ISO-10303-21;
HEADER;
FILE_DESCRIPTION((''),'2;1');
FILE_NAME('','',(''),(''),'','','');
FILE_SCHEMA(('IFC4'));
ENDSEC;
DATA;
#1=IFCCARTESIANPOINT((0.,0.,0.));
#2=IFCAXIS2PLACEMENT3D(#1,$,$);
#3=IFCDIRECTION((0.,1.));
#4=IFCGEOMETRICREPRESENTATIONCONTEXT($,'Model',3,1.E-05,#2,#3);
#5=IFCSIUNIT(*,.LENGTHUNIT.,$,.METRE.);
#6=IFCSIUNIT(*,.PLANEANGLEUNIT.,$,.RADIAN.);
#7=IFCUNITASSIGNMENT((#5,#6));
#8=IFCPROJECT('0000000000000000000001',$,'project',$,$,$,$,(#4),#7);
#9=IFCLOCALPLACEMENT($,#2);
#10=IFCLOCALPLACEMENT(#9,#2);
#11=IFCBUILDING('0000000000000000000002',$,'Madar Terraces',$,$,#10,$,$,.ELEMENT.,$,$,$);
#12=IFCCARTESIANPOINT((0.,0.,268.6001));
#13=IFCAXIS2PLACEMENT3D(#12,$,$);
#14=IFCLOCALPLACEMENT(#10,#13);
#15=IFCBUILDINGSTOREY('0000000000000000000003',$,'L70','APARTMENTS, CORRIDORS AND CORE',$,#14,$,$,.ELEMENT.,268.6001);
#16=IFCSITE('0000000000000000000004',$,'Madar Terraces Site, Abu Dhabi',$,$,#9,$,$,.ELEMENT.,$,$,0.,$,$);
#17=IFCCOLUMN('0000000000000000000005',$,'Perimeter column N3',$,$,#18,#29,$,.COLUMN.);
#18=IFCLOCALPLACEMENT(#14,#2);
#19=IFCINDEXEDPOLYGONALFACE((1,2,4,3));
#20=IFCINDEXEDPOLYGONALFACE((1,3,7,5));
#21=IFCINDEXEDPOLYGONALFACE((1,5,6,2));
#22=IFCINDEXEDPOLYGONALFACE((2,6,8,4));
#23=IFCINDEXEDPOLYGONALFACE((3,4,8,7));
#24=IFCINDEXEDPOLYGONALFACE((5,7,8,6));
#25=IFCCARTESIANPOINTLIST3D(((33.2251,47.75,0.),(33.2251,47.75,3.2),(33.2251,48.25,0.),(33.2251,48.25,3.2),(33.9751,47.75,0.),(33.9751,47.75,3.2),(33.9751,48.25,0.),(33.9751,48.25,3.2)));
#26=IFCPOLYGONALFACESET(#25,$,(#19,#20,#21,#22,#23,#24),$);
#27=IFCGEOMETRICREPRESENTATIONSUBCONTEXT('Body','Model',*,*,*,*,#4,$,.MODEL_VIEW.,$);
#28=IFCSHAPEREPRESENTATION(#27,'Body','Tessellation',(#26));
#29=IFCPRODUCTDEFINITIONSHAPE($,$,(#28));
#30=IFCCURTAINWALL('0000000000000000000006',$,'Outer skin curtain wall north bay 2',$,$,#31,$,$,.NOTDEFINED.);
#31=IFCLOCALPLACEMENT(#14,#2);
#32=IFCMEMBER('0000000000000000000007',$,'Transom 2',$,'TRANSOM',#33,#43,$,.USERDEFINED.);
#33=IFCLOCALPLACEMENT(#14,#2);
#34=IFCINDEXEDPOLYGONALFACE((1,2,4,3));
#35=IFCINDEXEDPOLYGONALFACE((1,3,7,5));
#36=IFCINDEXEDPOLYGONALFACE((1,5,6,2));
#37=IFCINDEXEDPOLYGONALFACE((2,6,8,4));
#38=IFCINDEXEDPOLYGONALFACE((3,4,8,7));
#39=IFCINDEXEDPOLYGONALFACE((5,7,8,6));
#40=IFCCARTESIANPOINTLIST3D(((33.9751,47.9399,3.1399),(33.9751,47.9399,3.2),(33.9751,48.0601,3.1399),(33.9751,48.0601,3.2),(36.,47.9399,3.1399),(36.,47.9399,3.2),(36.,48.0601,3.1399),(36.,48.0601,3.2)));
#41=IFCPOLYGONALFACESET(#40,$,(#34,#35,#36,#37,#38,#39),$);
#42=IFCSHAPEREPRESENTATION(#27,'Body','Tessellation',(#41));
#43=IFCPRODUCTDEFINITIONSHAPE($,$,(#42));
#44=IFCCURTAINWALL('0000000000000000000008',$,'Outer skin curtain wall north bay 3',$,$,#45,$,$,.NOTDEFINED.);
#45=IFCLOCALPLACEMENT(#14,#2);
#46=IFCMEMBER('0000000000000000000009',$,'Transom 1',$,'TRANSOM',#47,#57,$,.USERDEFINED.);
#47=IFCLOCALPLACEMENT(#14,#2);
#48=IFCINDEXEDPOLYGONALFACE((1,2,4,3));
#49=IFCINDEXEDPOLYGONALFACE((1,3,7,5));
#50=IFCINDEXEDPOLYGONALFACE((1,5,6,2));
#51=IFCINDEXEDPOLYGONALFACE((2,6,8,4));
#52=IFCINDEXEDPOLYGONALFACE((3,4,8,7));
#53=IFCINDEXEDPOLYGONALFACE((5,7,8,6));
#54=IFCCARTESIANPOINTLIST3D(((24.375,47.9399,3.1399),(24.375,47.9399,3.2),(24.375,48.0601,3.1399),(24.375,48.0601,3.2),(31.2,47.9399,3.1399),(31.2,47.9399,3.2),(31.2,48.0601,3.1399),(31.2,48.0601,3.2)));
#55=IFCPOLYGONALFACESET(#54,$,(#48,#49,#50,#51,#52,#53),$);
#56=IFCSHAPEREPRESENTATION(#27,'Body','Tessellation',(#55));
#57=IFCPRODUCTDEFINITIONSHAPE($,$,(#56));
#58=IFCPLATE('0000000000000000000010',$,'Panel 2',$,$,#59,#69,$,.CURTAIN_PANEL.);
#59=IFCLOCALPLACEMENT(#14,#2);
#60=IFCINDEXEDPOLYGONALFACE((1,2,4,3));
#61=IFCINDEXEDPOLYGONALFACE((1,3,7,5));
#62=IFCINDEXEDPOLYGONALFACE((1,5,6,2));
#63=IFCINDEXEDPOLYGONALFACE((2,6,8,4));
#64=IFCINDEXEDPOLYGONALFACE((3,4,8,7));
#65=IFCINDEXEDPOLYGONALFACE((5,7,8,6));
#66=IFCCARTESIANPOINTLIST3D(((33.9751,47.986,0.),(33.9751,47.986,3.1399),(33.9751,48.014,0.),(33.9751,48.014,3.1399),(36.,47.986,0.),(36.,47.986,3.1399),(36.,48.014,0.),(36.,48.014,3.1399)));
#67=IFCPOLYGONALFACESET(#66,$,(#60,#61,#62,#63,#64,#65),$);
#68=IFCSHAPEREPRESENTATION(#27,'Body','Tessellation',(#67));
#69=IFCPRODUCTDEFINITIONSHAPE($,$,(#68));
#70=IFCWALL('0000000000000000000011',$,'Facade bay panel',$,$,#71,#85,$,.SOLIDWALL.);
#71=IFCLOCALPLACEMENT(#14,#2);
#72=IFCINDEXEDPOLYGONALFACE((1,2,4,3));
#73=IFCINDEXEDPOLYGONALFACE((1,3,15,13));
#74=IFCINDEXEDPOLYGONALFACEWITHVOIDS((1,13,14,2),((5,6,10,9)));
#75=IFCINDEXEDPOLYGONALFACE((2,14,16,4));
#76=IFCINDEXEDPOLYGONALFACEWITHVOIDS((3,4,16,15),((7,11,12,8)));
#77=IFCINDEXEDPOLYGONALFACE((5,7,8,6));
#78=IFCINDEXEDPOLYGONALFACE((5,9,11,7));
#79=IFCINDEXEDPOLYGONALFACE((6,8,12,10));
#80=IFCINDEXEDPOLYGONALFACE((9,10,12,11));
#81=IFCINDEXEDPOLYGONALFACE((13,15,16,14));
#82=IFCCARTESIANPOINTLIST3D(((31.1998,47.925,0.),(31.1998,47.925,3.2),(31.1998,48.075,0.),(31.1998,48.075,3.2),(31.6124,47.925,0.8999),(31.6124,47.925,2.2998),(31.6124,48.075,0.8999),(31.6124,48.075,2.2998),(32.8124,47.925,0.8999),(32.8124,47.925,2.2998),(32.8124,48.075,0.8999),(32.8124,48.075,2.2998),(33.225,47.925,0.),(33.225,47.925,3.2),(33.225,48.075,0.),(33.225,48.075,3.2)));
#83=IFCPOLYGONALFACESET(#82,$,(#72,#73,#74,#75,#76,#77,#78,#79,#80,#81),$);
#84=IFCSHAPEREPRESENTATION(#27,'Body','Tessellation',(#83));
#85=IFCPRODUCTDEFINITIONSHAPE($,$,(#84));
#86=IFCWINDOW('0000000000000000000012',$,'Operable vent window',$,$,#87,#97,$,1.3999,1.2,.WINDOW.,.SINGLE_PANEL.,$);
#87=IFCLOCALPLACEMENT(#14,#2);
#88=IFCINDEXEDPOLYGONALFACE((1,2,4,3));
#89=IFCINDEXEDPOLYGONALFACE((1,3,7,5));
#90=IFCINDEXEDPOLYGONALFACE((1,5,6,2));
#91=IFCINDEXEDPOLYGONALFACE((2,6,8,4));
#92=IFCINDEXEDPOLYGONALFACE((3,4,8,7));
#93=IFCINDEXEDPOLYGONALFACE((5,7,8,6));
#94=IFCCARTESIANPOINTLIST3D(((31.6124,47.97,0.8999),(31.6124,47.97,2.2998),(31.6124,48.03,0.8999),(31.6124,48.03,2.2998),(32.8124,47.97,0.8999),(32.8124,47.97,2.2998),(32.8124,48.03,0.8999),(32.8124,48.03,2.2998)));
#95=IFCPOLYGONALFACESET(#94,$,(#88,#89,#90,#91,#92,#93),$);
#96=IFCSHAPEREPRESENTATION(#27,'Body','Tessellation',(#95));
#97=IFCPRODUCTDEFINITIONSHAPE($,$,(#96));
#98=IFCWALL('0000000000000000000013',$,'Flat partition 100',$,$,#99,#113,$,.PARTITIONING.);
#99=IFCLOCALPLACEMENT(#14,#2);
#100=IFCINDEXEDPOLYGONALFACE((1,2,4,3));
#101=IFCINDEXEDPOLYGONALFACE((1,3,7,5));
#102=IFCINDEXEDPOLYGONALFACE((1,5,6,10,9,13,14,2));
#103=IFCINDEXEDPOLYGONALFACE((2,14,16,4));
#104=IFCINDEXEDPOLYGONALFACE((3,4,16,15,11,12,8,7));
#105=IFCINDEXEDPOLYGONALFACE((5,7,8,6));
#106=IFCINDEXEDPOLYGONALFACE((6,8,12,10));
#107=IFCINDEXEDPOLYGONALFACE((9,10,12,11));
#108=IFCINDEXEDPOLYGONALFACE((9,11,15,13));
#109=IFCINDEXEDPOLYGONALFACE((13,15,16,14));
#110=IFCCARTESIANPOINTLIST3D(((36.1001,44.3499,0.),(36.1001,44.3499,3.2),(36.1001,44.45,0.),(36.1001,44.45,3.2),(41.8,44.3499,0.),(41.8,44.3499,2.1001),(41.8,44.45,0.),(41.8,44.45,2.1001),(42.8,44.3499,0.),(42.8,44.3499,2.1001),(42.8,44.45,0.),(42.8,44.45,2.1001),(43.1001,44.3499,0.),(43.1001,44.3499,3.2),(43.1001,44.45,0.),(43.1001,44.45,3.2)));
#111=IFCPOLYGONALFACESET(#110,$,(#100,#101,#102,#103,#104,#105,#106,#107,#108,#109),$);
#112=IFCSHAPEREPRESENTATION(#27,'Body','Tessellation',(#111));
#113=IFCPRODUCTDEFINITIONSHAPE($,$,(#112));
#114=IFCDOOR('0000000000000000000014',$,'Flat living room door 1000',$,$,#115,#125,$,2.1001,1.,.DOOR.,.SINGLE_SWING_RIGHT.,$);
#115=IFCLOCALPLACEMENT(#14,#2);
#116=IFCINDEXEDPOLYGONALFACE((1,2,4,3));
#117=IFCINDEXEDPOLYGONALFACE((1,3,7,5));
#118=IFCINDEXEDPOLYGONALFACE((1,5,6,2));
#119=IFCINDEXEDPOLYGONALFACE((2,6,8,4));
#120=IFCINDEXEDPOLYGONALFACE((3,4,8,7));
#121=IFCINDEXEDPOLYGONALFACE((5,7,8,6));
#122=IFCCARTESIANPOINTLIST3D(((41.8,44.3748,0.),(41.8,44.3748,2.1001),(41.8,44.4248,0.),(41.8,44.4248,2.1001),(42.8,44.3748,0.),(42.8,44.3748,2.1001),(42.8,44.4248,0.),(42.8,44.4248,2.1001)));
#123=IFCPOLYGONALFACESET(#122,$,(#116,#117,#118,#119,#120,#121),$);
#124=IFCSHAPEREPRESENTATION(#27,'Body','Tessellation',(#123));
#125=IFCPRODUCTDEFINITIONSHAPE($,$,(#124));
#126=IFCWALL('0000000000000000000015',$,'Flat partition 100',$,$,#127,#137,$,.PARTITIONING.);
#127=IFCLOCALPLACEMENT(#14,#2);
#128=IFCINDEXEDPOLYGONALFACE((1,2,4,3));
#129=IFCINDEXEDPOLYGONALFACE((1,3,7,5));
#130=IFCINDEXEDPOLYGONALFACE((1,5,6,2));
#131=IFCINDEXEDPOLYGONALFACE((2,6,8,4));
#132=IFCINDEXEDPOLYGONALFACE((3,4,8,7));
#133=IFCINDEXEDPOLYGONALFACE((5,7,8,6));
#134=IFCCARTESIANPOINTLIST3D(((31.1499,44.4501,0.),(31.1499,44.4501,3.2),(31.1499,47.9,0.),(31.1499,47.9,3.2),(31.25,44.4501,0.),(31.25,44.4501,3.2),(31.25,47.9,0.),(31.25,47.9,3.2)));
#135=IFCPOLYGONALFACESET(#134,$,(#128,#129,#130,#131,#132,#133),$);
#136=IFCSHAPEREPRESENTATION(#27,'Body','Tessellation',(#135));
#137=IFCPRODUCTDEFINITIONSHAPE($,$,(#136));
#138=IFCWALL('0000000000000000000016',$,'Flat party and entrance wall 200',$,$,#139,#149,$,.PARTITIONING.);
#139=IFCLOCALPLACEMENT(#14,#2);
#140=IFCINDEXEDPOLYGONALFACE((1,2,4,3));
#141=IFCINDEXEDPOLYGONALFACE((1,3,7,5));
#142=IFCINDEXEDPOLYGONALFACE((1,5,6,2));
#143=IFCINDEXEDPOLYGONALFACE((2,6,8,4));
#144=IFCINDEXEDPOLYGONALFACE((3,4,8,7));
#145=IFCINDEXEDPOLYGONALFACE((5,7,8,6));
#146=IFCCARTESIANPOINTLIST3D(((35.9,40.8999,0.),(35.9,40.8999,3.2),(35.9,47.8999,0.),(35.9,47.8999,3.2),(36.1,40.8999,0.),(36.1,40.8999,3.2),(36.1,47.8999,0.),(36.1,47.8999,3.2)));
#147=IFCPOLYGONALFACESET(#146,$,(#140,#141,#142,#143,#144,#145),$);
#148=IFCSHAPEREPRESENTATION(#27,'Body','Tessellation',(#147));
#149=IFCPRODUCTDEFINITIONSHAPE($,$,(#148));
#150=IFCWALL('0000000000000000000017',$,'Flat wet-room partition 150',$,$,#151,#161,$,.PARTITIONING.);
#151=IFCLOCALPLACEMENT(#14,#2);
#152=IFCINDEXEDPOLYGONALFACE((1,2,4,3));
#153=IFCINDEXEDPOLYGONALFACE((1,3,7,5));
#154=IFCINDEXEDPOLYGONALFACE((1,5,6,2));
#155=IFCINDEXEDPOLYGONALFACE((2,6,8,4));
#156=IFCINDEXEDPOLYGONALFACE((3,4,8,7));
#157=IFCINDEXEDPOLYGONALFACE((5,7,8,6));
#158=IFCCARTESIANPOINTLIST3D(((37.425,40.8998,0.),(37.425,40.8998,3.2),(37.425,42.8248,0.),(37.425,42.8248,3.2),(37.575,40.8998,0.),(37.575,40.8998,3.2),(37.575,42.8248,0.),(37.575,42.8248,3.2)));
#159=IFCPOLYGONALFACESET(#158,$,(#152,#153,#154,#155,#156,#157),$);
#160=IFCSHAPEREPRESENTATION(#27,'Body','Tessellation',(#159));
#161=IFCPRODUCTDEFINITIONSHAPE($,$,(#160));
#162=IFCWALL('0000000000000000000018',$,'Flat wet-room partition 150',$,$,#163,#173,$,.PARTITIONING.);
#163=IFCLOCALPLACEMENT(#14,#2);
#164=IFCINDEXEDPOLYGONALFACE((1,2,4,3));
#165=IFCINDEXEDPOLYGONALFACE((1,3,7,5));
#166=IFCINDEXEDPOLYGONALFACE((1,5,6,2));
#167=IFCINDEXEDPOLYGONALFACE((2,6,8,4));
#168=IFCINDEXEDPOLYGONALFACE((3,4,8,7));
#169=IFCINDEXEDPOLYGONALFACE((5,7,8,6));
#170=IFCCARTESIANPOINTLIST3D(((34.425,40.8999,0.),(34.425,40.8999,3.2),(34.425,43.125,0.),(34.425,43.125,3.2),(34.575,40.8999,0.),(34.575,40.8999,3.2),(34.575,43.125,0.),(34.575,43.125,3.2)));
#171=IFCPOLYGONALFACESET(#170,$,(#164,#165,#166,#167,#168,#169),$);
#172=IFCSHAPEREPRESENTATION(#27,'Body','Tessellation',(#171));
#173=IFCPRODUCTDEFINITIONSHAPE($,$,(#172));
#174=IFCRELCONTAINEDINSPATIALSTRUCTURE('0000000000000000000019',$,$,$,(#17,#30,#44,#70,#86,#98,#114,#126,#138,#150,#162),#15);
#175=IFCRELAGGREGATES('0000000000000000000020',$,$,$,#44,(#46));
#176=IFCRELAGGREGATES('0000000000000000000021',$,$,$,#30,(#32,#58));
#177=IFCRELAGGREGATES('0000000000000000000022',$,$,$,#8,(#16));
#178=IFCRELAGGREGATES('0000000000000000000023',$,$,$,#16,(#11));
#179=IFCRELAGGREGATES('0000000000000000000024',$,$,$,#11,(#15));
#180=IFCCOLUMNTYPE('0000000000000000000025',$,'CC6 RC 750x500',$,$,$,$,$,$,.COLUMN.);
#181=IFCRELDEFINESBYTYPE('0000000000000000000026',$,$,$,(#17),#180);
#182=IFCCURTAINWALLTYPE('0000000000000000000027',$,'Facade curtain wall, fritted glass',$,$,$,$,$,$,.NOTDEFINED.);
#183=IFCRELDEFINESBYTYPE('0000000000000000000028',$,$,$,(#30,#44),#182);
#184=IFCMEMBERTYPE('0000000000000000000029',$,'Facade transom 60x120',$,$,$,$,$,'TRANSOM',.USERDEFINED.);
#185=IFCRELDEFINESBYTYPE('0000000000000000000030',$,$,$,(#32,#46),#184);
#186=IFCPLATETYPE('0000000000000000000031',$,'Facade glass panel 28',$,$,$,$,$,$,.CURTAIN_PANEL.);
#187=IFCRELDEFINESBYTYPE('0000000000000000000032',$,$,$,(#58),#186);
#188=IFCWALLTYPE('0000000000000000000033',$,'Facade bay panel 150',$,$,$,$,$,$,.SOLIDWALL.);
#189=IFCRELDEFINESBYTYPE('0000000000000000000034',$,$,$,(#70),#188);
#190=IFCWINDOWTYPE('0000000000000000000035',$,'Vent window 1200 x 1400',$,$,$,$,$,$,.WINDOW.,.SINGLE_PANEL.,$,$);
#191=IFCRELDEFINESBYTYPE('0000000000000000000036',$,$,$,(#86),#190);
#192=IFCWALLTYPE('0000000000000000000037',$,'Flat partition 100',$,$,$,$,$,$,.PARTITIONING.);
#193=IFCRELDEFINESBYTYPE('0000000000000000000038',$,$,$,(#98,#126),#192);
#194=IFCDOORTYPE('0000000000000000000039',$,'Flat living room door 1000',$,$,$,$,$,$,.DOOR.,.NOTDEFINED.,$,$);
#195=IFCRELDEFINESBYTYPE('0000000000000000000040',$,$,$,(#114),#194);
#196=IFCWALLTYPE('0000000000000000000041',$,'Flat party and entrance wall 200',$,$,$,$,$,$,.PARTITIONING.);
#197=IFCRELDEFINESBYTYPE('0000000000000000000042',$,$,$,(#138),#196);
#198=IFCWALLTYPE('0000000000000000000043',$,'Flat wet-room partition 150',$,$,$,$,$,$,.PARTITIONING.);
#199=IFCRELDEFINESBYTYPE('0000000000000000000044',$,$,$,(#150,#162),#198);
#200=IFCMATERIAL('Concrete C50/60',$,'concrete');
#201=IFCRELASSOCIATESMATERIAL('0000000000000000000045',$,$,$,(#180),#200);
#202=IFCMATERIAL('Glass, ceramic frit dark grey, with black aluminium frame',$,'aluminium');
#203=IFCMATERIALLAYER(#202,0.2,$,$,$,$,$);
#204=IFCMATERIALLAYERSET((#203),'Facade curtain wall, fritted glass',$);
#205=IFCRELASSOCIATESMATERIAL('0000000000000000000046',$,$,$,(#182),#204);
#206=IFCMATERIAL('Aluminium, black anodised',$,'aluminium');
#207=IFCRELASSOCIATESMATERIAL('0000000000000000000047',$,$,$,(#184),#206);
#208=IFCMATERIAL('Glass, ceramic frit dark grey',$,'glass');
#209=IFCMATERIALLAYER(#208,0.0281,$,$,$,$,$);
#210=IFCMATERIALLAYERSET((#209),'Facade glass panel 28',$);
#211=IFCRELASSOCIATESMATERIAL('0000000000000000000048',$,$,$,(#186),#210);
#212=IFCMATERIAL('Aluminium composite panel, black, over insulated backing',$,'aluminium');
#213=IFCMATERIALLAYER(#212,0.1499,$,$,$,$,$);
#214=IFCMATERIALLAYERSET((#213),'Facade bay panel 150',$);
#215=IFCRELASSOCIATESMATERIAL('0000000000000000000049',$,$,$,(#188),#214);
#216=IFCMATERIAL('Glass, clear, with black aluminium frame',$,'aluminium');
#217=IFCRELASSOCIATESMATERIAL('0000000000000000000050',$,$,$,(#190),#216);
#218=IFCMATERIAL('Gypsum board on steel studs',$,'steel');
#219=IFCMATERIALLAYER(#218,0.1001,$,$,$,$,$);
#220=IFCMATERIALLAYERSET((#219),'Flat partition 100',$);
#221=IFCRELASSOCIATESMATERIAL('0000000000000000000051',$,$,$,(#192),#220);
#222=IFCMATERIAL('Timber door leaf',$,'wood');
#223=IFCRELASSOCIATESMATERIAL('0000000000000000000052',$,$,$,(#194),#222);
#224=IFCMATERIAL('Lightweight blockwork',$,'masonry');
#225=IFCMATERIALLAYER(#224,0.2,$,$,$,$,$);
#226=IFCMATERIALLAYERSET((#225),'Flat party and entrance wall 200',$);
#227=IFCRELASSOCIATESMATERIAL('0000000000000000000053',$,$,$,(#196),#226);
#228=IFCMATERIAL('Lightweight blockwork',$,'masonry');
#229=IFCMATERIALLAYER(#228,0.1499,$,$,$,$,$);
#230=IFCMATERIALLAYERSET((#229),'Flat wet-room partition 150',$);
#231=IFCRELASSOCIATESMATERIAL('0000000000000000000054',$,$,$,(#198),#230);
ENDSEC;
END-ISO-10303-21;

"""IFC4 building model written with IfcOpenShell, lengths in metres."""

from ifc_helpers import new_model, si_unit, direction, frame, frame_2d, origin, origin_2d, place, context, subcontext, project, spatial, rectangle, extrude, material, layer, layer_set, material_profile, profile_set, type_object, element, fill, aggregate, save


model = new_model("IFC4")

# Units and contexts
model_context = context("Model", 3, precision=1e-05, world=origin(), true_north=direction((0.0, 1.0)))
body_context = subcontext(model_context, "Body", "Model", "MODEL_VIEW")
ifc_project = project(units=[si_unit("LENGTHUNIT", "METRE"), si_unit("PLANEANGLEUNIT", "RADIAN")], contexts=[model_context])

# Site, building, storey
site_placement = place(None, origin())
site = spatial("IfcSite", under=ifc_project, at=site_placement, Name="Madar Terraces Site, Abu Dhabi", CompositionType="ELEMENT", RefElevation=0.0)
building_placement = place(site_placement, origin())
building = spatial("IfcBuilding", under=site, at=building_placement, Name="Madar Terraces", CompositionType="ELEMENT")
storey_placement = place(building_placement, frame((0.0, 0.0, 268.6001)))
storey = spatial("IfcBuildingStorey", under=building, at=storey_placement, Name="L70", Description="APARTMENTS, CORRIDORS AND CORE", CompositionType="ELEMENT", Elevation=268.6001)

# Column
ifc_material_1 = material(Name="Concrete C50/60", Category="concrete")
ifc_material_profile_1 = material_profile(ifc_material_1, rectangle(XDim=0.75, YDim=0.5, at=origin_2d()), Name="CC6 RC 750x500")
ifc_profile_set_1 = profile_set([ifc_material_profile_1], Name="Concrete C50/60")
column_type = type_object("IfcColumnType", Name="CC6 RC 750x500", PredefinedType="COLUMN", material=ifc_profile_set_1)
column_placement = place(storey_placement, frame((33.6001, 48.0, 0.0), z_axis=(0.0, 0.0, 1.0), x_axis=(1.0, 0.0, 0.0)))
element("IfcColumn", 1, at=column_placement, inside=storey, type_object=column_type, Name="Perimeter column N3", PredefinedType="COLUMN", context=body_context, shape_type="SweptSolid", body=[
    extrude(rectangle(XDim=0.75, YDim=0.5, at=origin_2d()), origin(), (0.0, 0.0, 1.0), 3.2),
])

# Curtain walls, members
ifc_material_2 = material(Name="Glass, ceramic frit dark grey, with black aluminium frame", Category="aluminium")
ifc_layer_1 = layer(ifc_material_2, 0.2)
ifc_layer_set_1 = layer_set([ifc_layer_1], Name="Facade curtain wall, fritted glass")
curtain_wall_type = type_object("IfcCurtainWallType", Name="Facade curtain wall, fritted glass", PredefinedType="NOTDEFINED", material=ifc_layer_set_1)
curtain_wall_1_placement = place(storey_placement, origin())
curtain_wall_1 = element("IfcCurtainWall", 2, at=curtain_wall_1_placement, inside=storey, type_object=curtain_wall_type, Name="Outer skin curtain wall north bay 2", PredefinedType="NOTDEFINED")
ifc_material_3 = material(Name="Aluminium, black anodised", Category="aluminium")
ifc_material_profile_2 = material_profile(ifc_material_3, rectangle(XDim=0.1201, YDim=0.0601, at=origin_2d()), Name="Facade transom 60x120")
ifc_profile_set_2 = profile_set([ifc_material_profile_2], Name="Aluminium, black anodised")
member_type = type_object("IfcMemberType", Name="Facade transom 60x120", ElementType="TRANSOM", PredefinedType="USERDEFINED", material=ifc_profile_set_2)
member_1_placement = place(storey_placement, frame((36.0, 48.0, 3.1699), z_axis=(-1.0, 0.0, 0.0), x_axis=(0.0, -1.0, 0.0)))
member_1 = element("IfcMember", 3, at=member_1_placement, type_object=member_type, Name="Transom 2", ObjectType="TRANSOM", PredefinedType="USERDEFINED", context=body_context, shape_type="SweptSolid", body=[
    extrude(rectangle(XDim=0.1201, YDim=0.0601, at=origin_2d()), origin(), (0.0, 0.0, 1.0), 2.0249),
])
curtain_wall_2_placement = place(storey_placement, origin())
curtain_wall_2 = element("IfcCurtainWall", 4, at=curtain_wall_2_placement, inside=storey, type_object=curtain_wall_type, Name="Outer skin curtain wall north bay 3", PredefinedType="NOTDEFINED")
member_2_placement = place(storey_placement, frame((31.2, 48.0, 3.1699), z_axis=(-1.0, 0.0, 0.0), x_axis=(0.0, -1.0, 0.0)))
member_2 = element("IfcMember", 5, at=member_2_placement, type_object=member_type, Name="Transom 1", ObjectType="TRANSOM", PredefinedType="USERDEFINED", context=body_context, shape_type="SweptSolid", body=[
    extrude(rectangle(XDim=0.1201, YDim=0.0601, at=origin_2d()), origin(), (0.0, 0.0, 1.0), 6.825),
])
aggregate(curtain_wall_2, [member_2])

# Plate
ifc_material_4 = material(Name="Glass, ceramic frit dark grey", Category="glass")
ifc_layer_2 = layer(ifc_material_4, 0.0281)
ifc_layer_set_2 = layer_set([ifc_layer_2], Name="Facade glass panel 28")
plate_type = type_object("IfcPlateType", Name="Facade glass panel 28", PredefinedType="CURTAIN_PANEL", material=ifc_layer_set_2)
plate_placement = place(storey_placement, frame((34.9875, 48.0, 0.0), z_axis=(0.0, 0.0, 1.0), x_axis=(-1.0, 0.0, 0.0)))
plate = element("IfcPlate", 6, at=plate_placement, type_object=plate_type, Name="Panel 2", PredefinedType="CURTAIN_PANEL", context=body_context, shape_type="SweptSolid", body=[
    extrude(rectangle(XDim=2.0249, YDim=0.0281, at=origin_2d()), origin(), (0.0, 0.0, 1.0), 3.1399),
])
aggregate(curtain_wall_1, [member_1, plate])

# Wall, opening, window
ifc_material_5 = material(Name="Aluminium composite panel, black, over insulated backing", Category="aluminium")
ifc_layer_3 = layer(ifc_material_5, 0.1499)
ifc_layer_set_3 = layer_set([ifc_layer_3], Name="Facade bay panel 150")
wall_type_1 = type_object("IfcWallType", Name="Facade bay panel 150", PredefinedType="SOLIDWALL", material=ifc_layer_set_3)
wall_1_placement = place(storey_placement, frame((33.2251, 48.0, 0.0), z_axis=(0.0, 0.0, 1.0), x_axis=(-1.0, 0.0, 0.0)))
wall_1 = element("IfcWall", 7, at=wall_1_placement, inside=storey, type_object=wall_type_1, Name="Facade bay panel", PredefinedType="SOLIDWALL", context=body_context, shape_type="SweptSolid", body=[
    extrude(rectangle(XDim=2.0251, YDim=0.1499, at=frame_2d((1.0127, 0.0))), origin(), (0.0, 0.0, 1.0), 3.2),
])
opening_1_placement = place(wall_1_placement, frame((0.4126, 0.0, 0.8999)))
opening_1 = element("IfcOpeningElement", 8, at=opening_1_placement, cuts=wall_1, PredefinedType="OPENING", context=body_context, shape_type="SweptSolid", body=[
    extrude(rectangle(XDim=1.2, YDim=1.3999, at=frame_2d((0.6001, 0.7))), frame((0.0, 0.085, 0.0), z_axis=(0.0, -1.0, 0.0), x_axis=(1.0, 0.0, 0.0)), (0.0, 0.0, 1.0), 0.1699),
])
ifc_material_6 = material(Name="Glass, clear, with black aluminium frame", Category="aluminium")
window_type = type_object("IfcWindowType", Name="Vent window 1200 x 1400", PartitioningType="SINGLE_PANEL", PredefinedType="WINDOW", material=ifc_material_6)
window_placement = place(opening_1_placement, origin())
window = element("IfcWindow", 9, at=window_placement, inside=storey, type_object=window_type, Name="Operable vent window", OverallHeight=1.3999, OverallWidth=1.2, PartitioningType="SINGLE_PANEL", PredefinedType="WINDOW", context=body_context, shape_type="SweptSolid", body=[
    extrude(rectangle(XDim=1.2, YDim=1.3999, at=frame_2d((0.6001, 0.7))), frame((0.0, 0.03, 0.0), z_axis=(0.0, -1.0, 0.0), x_axis=(1.0, 0.0, 0.0)), (0.0, 0.0, 1.0), 0.0601),
])
fill(opening_1, window)

# Wall, opening, door
ifc_material_7 = material(Name="Gypsum board on steel studs", Category="steel")
ifc_layer_4 = layer(ifc_material_7, 0.1001)
ifc_layer_set_4 = layer_set([ifc_layer_4], Name="Flat partition 100")
wall_type_2 = type_object("IfcWallType", Name="Flat partition 100", PredefinedType="PARTITIONING", material=ifc_layer_set_4)
wall_2_placement = place(storey_placement, frame((36.1001, 44.3999, 0.0), z_axis=(0.0, 0.0, 1.0), x_axis=(1.0, 0.0, 0.0)))
wall_2 = element("IfcWall", 10, at=wall_2_placement, inside=storey, type_object=wall_type_2, Name="Flat partition 100", PredefinedType="PARTITIONING", context=body_context, shape_type="SweptSolid", body=[
    extrude(rectangle(XDim=7.0, YDim=0.1001, at=frame_2d((3.5, 0.0))), origin(), (0.0, 0.0, 1.0), 3.2),
])
opening_2_placement = place(wall_2_placement, frame((5.7, 0.0, 0.0)))
opening_2 = element("IfcOpeningElement", 11, at=opening_2_placement, cuts=wall_2, PredefinedType="OPENING", context=body_context, shape_type="SweptSolid", body=[
    extrude(rectangle(XDim=1.0, YDim=2.1001, at=frame_2d((0.5, 1.05))), frame((0.0, 0.0601, 0.0), z_axis=(0.0, -1.0, 0.0), x_axis=(1.0, 0.0, 0.0)), (0.0, 0.0, 1.0), 0.1201),
])
ifc_material_8 = material(Name="Timber door leaf", Category="wood")
door_type_1 = type_object("IfcDoorType", Name="Flat living room door 1000", OperationType="NOTDEFINED", PredefinedType="DOOR", material=ifc_material_8)
door_1_placement = place(opening_2_placement, origin())
door_1 = element("IfcDoor", 12, at=door_1_placement, inside=storey, type_object=door_type_1, Name="Flat living room door 1000", OperationType="SINGLE_SWING_RIGHT", OverallHeight=2.1001, OverallWidth=1.0, PredefinedType="DOOR", context=body_context, shape_type="SweptSolid", body=[
    extrude(rectangle(XDim=1.0, YDim=2.1001, at=frame_2d((0.5, 1.05))), frame((0.0, 0.0249, 0.0), z_axis=(0.0, -1.0, 0.0), x_axis=(1.0, 0.0, 0.0)), (0.0, 0.0, 1.0), 0.05),
])
fill(opening_2, door_1)

# Walls
wall_3_placement = place(storey_placement, frame((31.2, 44.45, 0.0), z_axis=(0.0, 0.0, 1.0), x_axis=(0.0, 1.0, 0.0)))
element("IfcWall", 13, at=wall_3_placement, inside=storey, type_object=wall_type_2, Name="Flat partition 100", PredefinedType="PARTITIONING", context=body_context, shape_type="SweptSolid", body=[
    extrude(rectangle(XDim=3.45, YDim=0.1001, at=frame_2d((1.7251, 0.0))), origin(), (0.0, 0.0, 1.0), 3.2),
])
ifc_material_9 = material(Name="Lightweight blockwork", Category="masonry")
ifc_layer_5 = layer(ifc_material_9, 0.2)
ifc_layer_set_5 = layer_set([ifc_layer_5], Name="Flat party and entrance wall 200")
wall_type_3 = type_object("IfcWallType", Name="Flat party and entrance wall 200", PredefinedType="PARTITIONING", material=ifc_layer_set_5)
wall_4_placement = place(storey_placement, frame((36.0, 47.8999, 0.0), z_axis=(0.0, 0.0, 1.0), x_axis=(0.0, -1.0, 0.0)))
element("IfcWall", 14, at=wall_4_placement, inside=storey, type_object=wall_type_3, Name="Flat party and entrance wall 200", PredefinedType="PARTITIONING", context=body_context, shape_type="SweptSolid", body=[
    extrude(rectangle(XDim=7.0, YDim=0.2, at=frame_2d((3.5, 0.0))), origin(), (0.0, 0.0, 1.0), 3.2),
])
ifc_material_10 = material(Name="Lightweight blockwork", Category="masonry")
ifc_layer_6 = layer(ifc_material_10, 0.1499)
ifc_layer_set_6 = layer_set([ifc_layer_6], Name="Flat wet-room partition 150")
wall_type_4 = type_object("IfcWallType", Name="Flat wet-room partition 150", PredefinedType="PARTITIONING", material=ifc_layer_set_6)
wall_5_placement = place(storey_placement, frame((37.5, 40.8999, 0.0), z_axis=(0.0, 0.0, 1.0), x_axis=(0.0, 1.0, 0.0)))
element("IfcWall", 15, at=wall_5_placement, inside=storey, type_object=wall_type_4, Name="Flat wet-room partition 150", PredefinedType="PARTITIONING", context=body_context, shape_type="SweptSolid", body=[
    extrude(rectangle(XDim=1.925, YDim=0.1499, at=frame_2d((0.9624, 0.0))), origin(), (0.0, 0.0, 1.0), 3.2),
])
wall_6_placement = place(storey_placement, frame((34.5, 40.8999, 0.0), z_axis=(0.0, 0.0, 1.0), x_axis=(0.0, 1.0, 0.0)))
element("IfcWall", 16, at=wall_6_placement, inside=storey, type_object=wall_type_4, Name="Flat wet-room partition 150", PredefinedType="PARTITIONING", context=body_context, shape_type="SweptSolid", body=[
    extrude(rectangle(XDim=2.2251, YDim=0.1499, at=frame_2d((1.1125, 0.0))), origin(), (0.0, 0.0, 1.0), 3.2),
])

save(model, "model.ifc")
